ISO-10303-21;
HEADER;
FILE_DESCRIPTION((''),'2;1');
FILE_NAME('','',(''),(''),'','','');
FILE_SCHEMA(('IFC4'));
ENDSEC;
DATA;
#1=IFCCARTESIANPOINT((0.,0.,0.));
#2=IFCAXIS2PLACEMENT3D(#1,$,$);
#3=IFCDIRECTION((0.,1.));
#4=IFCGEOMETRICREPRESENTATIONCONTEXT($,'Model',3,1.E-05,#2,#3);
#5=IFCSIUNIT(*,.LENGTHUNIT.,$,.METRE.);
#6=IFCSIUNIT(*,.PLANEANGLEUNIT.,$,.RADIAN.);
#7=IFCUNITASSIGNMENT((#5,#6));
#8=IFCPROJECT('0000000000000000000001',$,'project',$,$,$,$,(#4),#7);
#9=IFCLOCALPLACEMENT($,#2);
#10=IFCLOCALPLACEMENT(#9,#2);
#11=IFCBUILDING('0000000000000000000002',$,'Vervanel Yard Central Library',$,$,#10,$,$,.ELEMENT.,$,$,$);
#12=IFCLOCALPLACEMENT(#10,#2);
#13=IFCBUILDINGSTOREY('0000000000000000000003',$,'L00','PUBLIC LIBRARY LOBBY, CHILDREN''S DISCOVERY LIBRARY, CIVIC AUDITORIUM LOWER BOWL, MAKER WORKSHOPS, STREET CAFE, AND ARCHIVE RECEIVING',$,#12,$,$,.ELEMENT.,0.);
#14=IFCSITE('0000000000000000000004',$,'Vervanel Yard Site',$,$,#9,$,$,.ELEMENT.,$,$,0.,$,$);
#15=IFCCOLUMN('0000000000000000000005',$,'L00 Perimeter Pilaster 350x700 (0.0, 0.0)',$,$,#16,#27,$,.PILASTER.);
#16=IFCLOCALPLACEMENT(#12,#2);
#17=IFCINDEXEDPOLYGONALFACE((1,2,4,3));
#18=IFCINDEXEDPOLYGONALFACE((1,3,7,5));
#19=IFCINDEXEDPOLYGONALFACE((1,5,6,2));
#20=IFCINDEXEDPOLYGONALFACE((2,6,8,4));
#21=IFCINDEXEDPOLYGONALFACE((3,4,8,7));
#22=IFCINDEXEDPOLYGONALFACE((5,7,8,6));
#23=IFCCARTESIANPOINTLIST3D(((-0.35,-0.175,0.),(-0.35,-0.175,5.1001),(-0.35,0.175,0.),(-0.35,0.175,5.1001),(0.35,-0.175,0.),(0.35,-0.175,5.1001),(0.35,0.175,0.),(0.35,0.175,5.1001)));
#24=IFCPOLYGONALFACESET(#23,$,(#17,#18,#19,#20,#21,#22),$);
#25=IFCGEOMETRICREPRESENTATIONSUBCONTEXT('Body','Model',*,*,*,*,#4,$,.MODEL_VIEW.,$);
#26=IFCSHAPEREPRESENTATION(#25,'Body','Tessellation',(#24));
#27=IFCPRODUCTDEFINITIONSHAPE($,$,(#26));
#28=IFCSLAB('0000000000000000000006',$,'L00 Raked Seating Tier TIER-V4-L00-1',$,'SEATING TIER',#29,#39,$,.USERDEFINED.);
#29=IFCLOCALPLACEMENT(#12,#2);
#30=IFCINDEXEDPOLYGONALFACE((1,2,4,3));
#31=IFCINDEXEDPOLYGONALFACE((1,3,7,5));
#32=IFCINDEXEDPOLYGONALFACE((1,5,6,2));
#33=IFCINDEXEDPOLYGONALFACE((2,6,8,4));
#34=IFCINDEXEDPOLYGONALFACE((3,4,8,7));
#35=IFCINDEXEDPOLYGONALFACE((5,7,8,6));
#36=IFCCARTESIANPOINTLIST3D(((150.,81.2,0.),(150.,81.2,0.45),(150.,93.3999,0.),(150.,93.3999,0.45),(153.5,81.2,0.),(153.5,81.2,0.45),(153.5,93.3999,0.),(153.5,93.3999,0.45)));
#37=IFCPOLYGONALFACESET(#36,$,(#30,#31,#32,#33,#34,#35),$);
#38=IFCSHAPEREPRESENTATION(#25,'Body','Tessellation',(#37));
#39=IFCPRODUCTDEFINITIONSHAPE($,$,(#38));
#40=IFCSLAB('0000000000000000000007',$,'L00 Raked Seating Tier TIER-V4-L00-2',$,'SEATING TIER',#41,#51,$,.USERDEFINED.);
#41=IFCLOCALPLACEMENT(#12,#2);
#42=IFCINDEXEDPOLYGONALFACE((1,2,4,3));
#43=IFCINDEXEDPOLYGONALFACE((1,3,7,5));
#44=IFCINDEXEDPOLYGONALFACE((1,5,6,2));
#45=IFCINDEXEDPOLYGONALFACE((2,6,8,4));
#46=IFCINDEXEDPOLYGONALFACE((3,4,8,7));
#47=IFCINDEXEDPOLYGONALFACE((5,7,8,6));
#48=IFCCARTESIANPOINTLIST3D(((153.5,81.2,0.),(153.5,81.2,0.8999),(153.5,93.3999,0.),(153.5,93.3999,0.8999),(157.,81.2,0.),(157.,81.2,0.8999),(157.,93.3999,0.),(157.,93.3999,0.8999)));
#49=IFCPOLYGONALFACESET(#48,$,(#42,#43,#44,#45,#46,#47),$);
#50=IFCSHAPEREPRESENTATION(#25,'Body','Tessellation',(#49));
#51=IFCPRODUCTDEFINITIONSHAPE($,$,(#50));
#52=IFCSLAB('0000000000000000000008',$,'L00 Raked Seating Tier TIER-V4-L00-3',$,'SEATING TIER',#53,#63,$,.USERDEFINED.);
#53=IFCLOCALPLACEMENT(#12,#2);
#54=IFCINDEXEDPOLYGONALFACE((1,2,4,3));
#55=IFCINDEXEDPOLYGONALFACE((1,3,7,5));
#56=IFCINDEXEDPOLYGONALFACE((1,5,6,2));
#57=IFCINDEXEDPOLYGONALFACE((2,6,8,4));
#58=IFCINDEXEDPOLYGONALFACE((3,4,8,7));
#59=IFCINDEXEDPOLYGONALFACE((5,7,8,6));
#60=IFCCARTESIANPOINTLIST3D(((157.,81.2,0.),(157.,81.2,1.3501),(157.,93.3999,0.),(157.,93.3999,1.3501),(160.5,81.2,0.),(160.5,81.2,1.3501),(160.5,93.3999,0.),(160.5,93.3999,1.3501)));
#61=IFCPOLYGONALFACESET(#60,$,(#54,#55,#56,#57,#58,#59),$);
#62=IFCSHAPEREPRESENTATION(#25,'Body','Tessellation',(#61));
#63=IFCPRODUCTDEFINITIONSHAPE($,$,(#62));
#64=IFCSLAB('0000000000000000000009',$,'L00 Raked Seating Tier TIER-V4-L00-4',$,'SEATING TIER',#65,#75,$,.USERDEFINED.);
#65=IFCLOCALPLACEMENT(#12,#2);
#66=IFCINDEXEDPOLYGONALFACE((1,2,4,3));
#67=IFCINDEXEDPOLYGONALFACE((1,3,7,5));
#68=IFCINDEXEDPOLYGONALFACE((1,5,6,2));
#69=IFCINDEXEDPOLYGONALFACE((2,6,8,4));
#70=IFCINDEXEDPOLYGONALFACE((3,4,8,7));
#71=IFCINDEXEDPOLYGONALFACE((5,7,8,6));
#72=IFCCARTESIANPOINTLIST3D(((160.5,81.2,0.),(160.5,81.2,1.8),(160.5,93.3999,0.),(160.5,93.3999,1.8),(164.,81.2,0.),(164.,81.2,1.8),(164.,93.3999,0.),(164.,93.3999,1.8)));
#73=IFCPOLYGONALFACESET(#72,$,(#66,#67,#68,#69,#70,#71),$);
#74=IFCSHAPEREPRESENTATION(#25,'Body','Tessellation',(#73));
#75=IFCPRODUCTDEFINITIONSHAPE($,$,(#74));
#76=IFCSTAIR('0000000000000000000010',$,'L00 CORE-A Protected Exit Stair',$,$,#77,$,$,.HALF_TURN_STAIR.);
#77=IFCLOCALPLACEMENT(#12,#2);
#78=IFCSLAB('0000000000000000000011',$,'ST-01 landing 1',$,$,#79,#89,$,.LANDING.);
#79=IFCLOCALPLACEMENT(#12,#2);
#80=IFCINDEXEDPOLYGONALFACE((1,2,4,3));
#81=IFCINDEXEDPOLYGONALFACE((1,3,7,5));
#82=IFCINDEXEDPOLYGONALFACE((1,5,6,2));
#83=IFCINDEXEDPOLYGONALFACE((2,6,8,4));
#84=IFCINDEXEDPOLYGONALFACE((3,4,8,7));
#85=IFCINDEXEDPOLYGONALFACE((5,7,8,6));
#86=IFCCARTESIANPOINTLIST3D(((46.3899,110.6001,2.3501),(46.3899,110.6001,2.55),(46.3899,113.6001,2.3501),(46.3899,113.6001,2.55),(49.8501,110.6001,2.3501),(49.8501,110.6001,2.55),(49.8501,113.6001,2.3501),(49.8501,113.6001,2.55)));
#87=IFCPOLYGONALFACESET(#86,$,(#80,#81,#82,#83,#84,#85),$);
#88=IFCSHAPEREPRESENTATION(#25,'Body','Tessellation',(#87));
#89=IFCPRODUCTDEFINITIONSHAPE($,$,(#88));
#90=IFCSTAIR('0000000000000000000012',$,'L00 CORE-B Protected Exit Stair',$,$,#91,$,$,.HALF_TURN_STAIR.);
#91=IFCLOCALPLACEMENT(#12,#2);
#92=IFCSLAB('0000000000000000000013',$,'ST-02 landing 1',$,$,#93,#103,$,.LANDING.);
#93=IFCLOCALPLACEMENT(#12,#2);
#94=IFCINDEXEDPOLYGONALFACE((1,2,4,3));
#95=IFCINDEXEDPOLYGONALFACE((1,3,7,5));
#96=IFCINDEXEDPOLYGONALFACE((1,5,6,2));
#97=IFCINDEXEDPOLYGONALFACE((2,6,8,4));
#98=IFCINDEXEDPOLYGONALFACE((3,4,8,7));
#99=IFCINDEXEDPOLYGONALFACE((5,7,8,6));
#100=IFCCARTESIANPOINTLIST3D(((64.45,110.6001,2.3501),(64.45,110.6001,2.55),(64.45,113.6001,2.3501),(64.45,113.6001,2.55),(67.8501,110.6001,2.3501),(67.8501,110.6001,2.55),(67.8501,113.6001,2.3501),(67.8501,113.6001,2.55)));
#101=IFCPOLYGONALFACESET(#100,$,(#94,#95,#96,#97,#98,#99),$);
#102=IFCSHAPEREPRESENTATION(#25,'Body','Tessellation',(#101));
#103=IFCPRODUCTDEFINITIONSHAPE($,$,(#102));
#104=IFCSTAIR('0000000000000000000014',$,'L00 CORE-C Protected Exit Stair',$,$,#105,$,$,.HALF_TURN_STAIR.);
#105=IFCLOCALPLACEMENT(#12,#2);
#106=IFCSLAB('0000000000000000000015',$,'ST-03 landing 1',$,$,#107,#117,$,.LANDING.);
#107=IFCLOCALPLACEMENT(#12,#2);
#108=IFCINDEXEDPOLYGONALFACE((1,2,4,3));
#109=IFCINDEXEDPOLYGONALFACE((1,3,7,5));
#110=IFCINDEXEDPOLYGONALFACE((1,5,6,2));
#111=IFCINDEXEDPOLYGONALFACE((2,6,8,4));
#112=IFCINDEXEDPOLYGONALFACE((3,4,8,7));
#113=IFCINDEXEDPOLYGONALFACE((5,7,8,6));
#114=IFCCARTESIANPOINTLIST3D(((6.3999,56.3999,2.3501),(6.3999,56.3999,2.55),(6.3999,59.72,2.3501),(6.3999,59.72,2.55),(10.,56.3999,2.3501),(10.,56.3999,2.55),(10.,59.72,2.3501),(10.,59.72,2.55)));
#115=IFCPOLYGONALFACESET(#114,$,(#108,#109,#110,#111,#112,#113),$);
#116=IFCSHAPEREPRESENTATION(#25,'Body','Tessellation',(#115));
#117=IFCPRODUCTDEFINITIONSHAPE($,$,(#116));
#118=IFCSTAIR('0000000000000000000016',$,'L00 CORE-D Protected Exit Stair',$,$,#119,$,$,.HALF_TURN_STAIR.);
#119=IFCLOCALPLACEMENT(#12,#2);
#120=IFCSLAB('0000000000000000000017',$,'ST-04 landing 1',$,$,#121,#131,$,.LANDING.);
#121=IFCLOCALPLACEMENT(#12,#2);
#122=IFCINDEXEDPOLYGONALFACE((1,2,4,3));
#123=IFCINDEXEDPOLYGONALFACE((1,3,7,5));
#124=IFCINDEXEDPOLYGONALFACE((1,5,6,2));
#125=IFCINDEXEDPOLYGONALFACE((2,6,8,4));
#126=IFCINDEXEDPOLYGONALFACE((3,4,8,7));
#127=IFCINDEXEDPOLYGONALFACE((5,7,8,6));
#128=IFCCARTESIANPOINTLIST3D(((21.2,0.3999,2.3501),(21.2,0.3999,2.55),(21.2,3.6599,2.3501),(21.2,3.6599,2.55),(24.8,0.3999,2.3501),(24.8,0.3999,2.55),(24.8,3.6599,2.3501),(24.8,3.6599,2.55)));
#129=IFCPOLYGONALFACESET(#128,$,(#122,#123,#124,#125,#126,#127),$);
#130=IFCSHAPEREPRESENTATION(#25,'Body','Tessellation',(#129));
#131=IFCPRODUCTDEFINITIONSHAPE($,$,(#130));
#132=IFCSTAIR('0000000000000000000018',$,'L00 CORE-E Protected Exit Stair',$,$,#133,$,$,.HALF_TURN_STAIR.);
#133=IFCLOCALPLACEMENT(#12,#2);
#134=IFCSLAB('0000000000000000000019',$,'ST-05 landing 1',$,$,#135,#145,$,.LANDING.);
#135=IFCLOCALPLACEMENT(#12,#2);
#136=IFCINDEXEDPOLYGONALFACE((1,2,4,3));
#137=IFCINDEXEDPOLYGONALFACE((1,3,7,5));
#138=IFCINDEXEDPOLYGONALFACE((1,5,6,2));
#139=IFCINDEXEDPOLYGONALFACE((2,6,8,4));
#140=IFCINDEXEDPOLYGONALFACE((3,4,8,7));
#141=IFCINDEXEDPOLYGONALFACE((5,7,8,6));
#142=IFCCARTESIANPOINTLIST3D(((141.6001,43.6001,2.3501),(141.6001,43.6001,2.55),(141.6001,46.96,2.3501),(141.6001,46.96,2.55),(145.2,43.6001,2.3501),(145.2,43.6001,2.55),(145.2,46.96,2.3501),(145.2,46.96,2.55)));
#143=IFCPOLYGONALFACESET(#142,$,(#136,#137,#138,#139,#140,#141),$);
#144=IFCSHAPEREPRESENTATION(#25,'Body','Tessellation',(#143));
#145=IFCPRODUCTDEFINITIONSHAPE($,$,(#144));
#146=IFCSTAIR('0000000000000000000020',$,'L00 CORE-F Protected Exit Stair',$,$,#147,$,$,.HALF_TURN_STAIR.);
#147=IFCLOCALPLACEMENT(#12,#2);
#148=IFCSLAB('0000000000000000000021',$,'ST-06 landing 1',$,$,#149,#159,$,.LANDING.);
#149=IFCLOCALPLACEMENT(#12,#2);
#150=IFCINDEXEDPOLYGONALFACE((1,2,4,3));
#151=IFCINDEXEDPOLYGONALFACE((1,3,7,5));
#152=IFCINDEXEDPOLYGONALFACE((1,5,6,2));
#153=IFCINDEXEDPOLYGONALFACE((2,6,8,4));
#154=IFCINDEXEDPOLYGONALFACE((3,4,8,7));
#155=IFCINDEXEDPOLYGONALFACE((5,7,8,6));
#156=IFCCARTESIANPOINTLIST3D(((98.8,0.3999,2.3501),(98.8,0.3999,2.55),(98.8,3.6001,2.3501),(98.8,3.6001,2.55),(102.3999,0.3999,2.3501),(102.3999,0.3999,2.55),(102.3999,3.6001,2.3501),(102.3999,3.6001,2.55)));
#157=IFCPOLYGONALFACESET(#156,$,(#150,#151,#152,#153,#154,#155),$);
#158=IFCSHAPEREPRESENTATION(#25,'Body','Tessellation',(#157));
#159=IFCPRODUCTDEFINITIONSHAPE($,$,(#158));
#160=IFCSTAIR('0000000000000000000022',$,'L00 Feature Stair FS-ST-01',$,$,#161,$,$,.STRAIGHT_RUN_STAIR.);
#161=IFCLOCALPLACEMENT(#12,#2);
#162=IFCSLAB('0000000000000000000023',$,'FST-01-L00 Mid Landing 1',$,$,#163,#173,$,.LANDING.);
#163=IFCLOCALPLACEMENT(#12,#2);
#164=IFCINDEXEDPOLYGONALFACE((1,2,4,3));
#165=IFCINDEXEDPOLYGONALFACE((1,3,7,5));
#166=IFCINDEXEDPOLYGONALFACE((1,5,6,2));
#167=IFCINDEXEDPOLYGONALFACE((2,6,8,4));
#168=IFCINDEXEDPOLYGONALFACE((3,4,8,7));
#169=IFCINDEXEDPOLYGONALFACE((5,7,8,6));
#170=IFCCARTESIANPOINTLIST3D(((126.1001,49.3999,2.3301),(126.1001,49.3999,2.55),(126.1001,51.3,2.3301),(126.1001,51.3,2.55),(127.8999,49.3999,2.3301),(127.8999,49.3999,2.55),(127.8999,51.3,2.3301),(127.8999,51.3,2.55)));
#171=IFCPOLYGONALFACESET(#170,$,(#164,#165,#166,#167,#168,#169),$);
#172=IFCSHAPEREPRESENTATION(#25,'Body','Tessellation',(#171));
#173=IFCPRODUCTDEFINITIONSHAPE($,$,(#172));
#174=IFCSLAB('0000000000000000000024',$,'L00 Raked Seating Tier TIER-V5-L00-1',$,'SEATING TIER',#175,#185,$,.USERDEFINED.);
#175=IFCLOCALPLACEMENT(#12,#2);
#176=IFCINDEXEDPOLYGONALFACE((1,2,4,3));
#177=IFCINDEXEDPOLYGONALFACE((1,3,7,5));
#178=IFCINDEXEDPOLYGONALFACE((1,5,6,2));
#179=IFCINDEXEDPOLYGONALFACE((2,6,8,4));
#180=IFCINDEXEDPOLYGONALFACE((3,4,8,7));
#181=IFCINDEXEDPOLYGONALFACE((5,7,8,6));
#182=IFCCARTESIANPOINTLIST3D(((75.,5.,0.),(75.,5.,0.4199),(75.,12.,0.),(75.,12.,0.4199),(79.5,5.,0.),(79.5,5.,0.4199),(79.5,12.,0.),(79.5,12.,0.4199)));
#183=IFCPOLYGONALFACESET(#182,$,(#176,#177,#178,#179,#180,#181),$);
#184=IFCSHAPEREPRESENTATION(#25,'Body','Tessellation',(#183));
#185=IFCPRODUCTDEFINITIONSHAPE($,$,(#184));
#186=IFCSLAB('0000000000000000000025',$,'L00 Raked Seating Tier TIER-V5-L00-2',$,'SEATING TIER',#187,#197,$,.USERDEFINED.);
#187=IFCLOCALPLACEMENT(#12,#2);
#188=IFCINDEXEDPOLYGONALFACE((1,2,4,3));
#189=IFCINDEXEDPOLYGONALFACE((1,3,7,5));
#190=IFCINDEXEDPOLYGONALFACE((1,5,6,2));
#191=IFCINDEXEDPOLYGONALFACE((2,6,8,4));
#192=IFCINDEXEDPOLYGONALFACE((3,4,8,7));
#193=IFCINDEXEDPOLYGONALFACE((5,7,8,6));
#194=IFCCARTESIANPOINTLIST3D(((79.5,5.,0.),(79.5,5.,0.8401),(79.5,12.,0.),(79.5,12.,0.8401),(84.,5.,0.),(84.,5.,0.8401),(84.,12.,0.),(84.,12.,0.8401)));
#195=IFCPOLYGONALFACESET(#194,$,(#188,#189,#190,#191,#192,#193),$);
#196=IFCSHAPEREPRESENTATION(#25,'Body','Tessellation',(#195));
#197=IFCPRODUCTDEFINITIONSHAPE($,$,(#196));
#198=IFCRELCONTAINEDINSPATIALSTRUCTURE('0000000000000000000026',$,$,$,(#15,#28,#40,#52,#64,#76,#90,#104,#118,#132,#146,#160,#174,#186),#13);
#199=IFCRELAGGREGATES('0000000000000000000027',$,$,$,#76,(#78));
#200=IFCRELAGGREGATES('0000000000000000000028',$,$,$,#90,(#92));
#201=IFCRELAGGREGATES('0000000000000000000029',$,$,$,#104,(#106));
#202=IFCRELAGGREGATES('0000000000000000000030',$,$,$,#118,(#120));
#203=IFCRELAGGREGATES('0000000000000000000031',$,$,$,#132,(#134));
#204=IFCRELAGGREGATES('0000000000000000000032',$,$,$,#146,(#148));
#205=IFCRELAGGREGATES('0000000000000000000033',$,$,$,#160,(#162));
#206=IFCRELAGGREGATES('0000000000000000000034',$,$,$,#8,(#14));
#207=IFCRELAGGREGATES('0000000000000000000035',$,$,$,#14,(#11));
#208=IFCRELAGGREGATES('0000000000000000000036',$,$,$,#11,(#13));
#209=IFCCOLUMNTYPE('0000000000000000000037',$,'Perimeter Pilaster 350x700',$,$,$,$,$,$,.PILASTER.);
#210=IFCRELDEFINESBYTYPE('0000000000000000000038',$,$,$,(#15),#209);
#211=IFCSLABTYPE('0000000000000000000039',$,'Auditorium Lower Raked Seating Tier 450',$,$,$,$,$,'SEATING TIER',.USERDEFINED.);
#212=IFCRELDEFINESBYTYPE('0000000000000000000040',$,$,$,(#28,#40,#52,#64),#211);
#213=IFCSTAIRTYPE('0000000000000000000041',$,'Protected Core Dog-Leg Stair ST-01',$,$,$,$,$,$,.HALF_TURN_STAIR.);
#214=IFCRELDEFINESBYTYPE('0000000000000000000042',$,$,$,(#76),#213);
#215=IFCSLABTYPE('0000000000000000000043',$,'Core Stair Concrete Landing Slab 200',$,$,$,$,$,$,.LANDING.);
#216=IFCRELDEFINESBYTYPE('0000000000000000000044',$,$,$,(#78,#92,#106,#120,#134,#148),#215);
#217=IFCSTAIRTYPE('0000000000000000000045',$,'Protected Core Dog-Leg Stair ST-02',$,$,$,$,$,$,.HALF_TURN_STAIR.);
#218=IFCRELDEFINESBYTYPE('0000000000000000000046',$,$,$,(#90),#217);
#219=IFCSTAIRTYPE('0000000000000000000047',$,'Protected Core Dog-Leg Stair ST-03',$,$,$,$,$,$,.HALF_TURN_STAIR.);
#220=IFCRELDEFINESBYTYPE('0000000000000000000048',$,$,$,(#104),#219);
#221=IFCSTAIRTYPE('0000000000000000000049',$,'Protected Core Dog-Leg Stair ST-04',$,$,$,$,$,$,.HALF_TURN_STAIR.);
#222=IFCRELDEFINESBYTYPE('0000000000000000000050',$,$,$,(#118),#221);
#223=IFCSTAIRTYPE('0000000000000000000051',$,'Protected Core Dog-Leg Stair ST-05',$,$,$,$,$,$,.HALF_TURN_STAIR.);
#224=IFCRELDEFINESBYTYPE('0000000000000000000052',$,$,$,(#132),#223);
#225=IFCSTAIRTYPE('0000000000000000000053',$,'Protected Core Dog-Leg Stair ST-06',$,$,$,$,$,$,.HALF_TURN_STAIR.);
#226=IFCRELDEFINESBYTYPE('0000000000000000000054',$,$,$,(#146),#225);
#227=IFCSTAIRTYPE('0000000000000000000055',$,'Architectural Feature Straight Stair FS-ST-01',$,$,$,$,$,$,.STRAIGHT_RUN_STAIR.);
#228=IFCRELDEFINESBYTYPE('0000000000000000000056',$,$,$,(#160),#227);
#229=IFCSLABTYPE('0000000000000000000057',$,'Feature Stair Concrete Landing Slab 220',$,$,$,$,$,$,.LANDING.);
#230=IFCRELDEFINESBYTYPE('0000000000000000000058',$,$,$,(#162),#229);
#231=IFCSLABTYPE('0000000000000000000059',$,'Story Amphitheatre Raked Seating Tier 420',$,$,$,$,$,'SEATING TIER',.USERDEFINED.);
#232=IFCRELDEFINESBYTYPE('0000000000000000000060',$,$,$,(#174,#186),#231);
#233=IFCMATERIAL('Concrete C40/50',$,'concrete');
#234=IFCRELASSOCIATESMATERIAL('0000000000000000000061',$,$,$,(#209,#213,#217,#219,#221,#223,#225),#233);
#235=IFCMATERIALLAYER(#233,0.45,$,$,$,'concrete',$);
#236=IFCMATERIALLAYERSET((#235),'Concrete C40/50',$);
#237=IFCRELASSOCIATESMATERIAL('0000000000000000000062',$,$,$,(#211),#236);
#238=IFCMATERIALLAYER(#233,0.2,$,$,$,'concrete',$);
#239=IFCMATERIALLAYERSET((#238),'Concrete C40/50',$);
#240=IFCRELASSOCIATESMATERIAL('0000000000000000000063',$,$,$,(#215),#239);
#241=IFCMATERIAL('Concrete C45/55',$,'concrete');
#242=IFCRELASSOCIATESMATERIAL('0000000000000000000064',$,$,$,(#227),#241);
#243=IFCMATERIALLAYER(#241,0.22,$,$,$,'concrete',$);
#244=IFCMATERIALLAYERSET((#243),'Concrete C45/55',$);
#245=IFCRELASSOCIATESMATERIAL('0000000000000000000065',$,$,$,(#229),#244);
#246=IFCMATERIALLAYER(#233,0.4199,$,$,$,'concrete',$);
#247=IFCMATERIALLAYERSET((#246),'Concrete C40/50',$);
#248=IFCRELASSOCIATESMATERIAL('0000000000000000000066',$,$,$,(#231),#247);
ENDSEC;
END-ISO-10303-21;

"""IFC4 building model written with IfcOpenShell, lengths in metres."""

from ifc_helpers import new_model, si_unit, direction, frame, origin, origin_2d, place, context, subcontext, project, spatial, polyline, rectangle, outline, extrude, material, layer, layer_set, material_profile, profile_set, type_object, element, aggregate, save


model = new_model("IFC4")

# Units and contexts
model_context = context("Model", 3, precision=1e-05, world=origin(), true_north=direction((0.0, 1.0)))
body_context = subcontext(model_context, "Body", "Model", "MODEL_VIEW")
ifc_project = project(units=[si_unit("LENGTHUNIT", "METRE"), si_unit("PLANEANGLEUNIT", "RADIAN")], contexts=[model_context])

# Site, building, storey
site_placement = place(None, origin())
site = spatial("IfcSite", under=ifc_project, at=site_placement, Name="Vervanel Yard Site", CompositionType="ELEMENT", RefElevation=0.0)
building_placement = place(site_placement, origin())
building = spatial("IfcBuilding", under=site, at=building_placement, Name="Vervanel Yard Central Library", CompositionType="ELEMENT")
storey_placement = place(building_placement, origin())
storey = spatial("IfcBuildingStorey", under=building, at=storey_placement, Name="L00", Description="PUBLIC LIBRARY LOBBY, CHILDREN'S DISCOVERY LIBRARY, CIVIC AUDITORIUM LOWER BOWL, MAKER WORKSHOPS, STREET CAFE, AND ARCHIVE RECEIVING", CompositionType="ELEMENT", Elevation=0.0)

# Column
ifc_material_1 = material(Name="Concrete C40/50", Category="concrete")
ifc_material_profile = material_profile(ifc_material_1, rectangle(XDim=0.3501, YDim=0.7, at=origin_2d()), Name="RC 350x700", Category="concrete")
ifc_profile_set = profile_set([ifc_material_profile], Name="Concrete C40/50")
column_type = type_object("IfcColumnType", Name="Perimeter Pilaster 350x700", PredefinedType="PILASTER", material=ifc_profile_set)
column_placement = place(storey_placement, frame((0.0, 0.0, 0.0), z_axis=(0.0, 0.0, 1.0), x_axis=(0.0, 1.0, 0.0)))
element("IfcColumn", 1, at=column_placement, inside=storey, type_object=column_type, Name="L00 Perimeter Pilaster 350x700 (0.0, 0.0)", PredefinedType="PILASTER", context=body_context, shape_type="SweptSolid", body=[
    extrude(rectangle(XDim=0.3501, YDim=0.7, at=origin_2d()), origin(), (0.0, 0.0, 1.0), 5.1001),
])

# Slabs
ifc_layer_1 = layer(ifc_material_1, 0.45, Category="concrete")
ifc_layer_set_1 = layer_set([ifc_layer_1], Name="Concrete C40/50")
slab_type_1 = type_object("IfcSlabType", Name="Auditorium Lower Raked Seating Tier 450", ElementType="SEATING TIER", PredefinedType="USERDEFINED", material=ifc_layer_set_1)
slab_1_placement = place(storey_placement, origin())
element("IfcSlab", 2, at=slab_1_placement, inside=storey, type_object=slab_type_1, Name="L00 Raked Seating Tier TIER-V4-L00-1", ObjectType="SEATING TIER", PredefinedType="USERDEFINED", context=body_context, shape_type="SweptSolid", body=[
    extrude(outline(polyline([(150.0, 81.2), (153.5, 81.2), (153.5, 93.3999), (150.0, 93.3999), (150.0, 81.2)])), origin(), (0.0, 0.0, 1.0), 0.45),
])
slab_2_placement = place(storey_placement, origin())
element("IfcSlab", 3, at=slab_2_placement, inside=storey, type_object=slab_type_1, Name="L00 Raked Seating Tier TIER-V4-L00-2", ObjectType="SEATING TIER", PredefinedType="USERDEFINED", context=body_context, shape_type="SweptSolid", body=[
    extrude(outline(polyline([(153.5, 81.2), (157.0, 81.2), (157.0, 93.3999), (153.5, 93.3999), (153.5, 81.2)])), origin(), (0.0, 0.0, 1.0), 0.8999),
])
slab_3_placement = place(storey_placement, origin())
element("IfcSlab", 4, at=slab_3_placement, inside=storey, type_object=slab_type_1, Name="L00 Raked Seating Tier TIER-V4-L00-3", ObjectType="SEATING TIER", PredefinedType="USERDEFINED", context=body_context, shape_type="SweptSolid", body=[
    extrude(outline(polyline([(157.0, 81.2), (160.5, 81.2), (160.5, 93.3999), (157.0, 93.3999), (157.0, 81.2)])), origin(), (0.0, 0.0, 1.0), 1.3501),
])
slab_4_placement = place(storey_placement, origin())
element("IfcSlab", 5, at=slab_4_placement, inside=storey, type_object=slab_type_1, Name="L00 Raked Seating Tier TIER-V4-L00-4", ObjectType="SEATING TIER", PredefinedType="USERDEFINED", context=body_context, shape_type="SweptSolid", body=[
    extrude(outline(polyline([(160.5, 81.2), (164.0, 81.2), (164.0, 93.3999), (160.5, 93.3999), (160.5, 81.2)])), origin(), (0.0, 0.0, 1.0), 1.8),
])

# Stairs, slabs
stair_type_1 = type_object("IfcStairType", Name="Protected Core Dog-Leg Stair ST-01", PredefinedType="HALF_TURN_STAIR", material=ifc_material_1)
stair_1_placement = place(storey_placement, origin())
stair_1 = element("IfcStair", 6, at=stair_1_placement, inside=storey, type_object=stair_type_1, Name="L00 CORE-A Protected Exit Stair", PredefinedType="HALF_TURN_STAIR")
ifc_layer_2 = layer(ifc_material_1, 0.2, Category="concrete")
ifc_layer_set_2 = layer_set([ifc_layer_2], Name="Concrete C40/50")
slab_type_2 = type_object("IfcSlabType", Name="Core Stair Concrete Landing Slab 200", PredefinedType="LANDING", material=ifc_layer_set_2)
slab_5_placement = place(storey_placement, frame((0.0, 0.0, 2.3501)))
slab_5 = element("IfcSlab", 7, at=slab_5_placement, type_object=slab_type_2, Name="ST-01 landing 1", PredefinedType="LANDING", context=body_context, shape_type="SweptSolid", body=[
    extrude(outline(polyline([(49.8501, 110.6001), (49.8501, 113.6001), (46.3899, 113.6001), (46.3899, 110.6001), (49.8501, 110.6001)])), origin(), (0.0, 0.0, 1.0), 0.2),
])
aggregate(stair_1, [slab_5])
stair_type_2 = type_object("IfcStairType", Name="Protected Core Dog-Leg Stair ST-02", PredefinedType="HALF_TURN_STAIR", material=ifc_material_1)
stair_2_placement = place(storey_placement, origin())
stair_2 = element("IfcStair", 8, at=stair_2_placement, inside=storey, type_object=stair_type_2, Name="L00 CORE-B Protected Exit Stair", PredefinedType="HALF_TURN_STAIR")
slab_6_placement = place(storey_placement, frame((0.0, 0.0, 2.3501)))
slab_6 = element("IfcSlab", 9, at=slab_6_placement, type_object=slab_type_2, Name="ST-02 landing 1", PredefinedType="LANDING", context=body_context, shape_type="SweptSolid", body=[
    extrude(outline(polyline([(67.8501, 110.6001), (67.8501, 113.6001), (64.45, 113.6001), (64.45, 110.6001), (67.8501, 110.6001)])), origin(), (0.0, 0.0, 1.0), 0.2),
])
aggregate(stair_2, [slab_6])
stair_type_3 = type_object("IfcStairType", Name="Protected Core Dog-Leg Stair ST-03", PredefinedType="HALF_TURN_STAIR", material=ifc_material_1)
stair_3_placement = place(storey_placement, origin())
stair_3 = element("IfcStair", 10, at=stair_3_placement, inside=storey, type_object=stair_type_3, Name="L00 CORE-C Protected Exit Stair", PredefinedType="HALF_TURN_STAIR")
slab_7_placement = place(storey_placement, frame((0.0, 0.0, 2.3501)))
slab_7 = element("IfcSlab", 11, at=slab_7_placement, type_object=slab_type_2, Name="ST-03 landing 1", PredefinedType="LANDING", context=body_context, shape_type="SweptSolid", body=[
    extrude(outline(polyline([(6.3999, 56.3999), (10.0, 56.3999), (10.0, 59.72), (6.3999, 59.72), (6.3999, 56.3999)])), origin(), (0.0, 0.0, 1.0), 0.2),
])
aggregate(stair_3, [slab_7])
stair_type_4 = type_object("IfcStairType", Name="Protected Core Dog-Leg Stair ST-04", PredefinedType="HALF_TURN_STAIR", material=ifc_material_1)
stair_4_placement = place(storey_placement, origin())
stair_4 = element("IfcStair", 12, at=stair_4_placement, inside=storey, type_object=stair_type_4, Name="L00 CORE-D Protected Exit Stair", PredefinedType="HALF_TURN_STAIR")
slab_8_placement = place(storey_placement, frame((0.0, 0.0, 2.3501)))
slab_8 = element("IfcSlab", 13, at=slab_8_placement, type_object=slab_type_2, Name="ST-04 landing 1", PredefinedType="LANDING", context=body_context, shape_type="SweptSolid", body=[
    extrude(outline(polyline([(21.2, 0.3999), (24.8, 0.3999), (24.8, 3.6599), (21.2, 3.6599), (21.2, 0.3999)])), origin(), (0.0, 0.0, 1.0), 0.2),
])
aggregate(stair_4, [slab_8])
stair_type_5 = type_object("IfcStairType", Name="Protected Core Dog-Leg Stair ST-05", PredefinedType="HALF_TURN_STAIR", material=ifc_material_1)
stair_5_placement = place(storey_placement, origin())
stair_5 = element("IfcStair", 14, at=stair_5_placement, inside=storey, type_object=stair_type_5, Name="L00 CORE-E Protected Exit Stair", PredefinedType="HALF_TURN_STAIR")
slab_9_placement = place(storey_placement, frame((0.0, 0.0, 2.3501)))
slab_9 = element("IfcSlab", 15, at=slab_9_placement, type_object=slab_type_2, Name="ST-05 landing 1", PredefinedType="LANDING", context=body_context, shape_type="SweptSolid", body=[
    extrude(outline(polyline([(141.6001, 43.6001), (145.2, 43.6001), (145.2, 46.96), (141.6001, 46.96), (141.6001, 43.6001)])), origin(), (0.0, 0.0, 1.0), 0.2),
])
aggregate(stair_5, [slab_9])
stair_type_6 = type_object("IfcStairType", Name="Protected Core Dog-Leg Stair ST-06", PredefinedType="HALF_TURN_STAIR", material=ifc_material_1)
stair_6_placement = place(storey_placement, origin())
stair_6 = element("IfcStair", 16, at=stair_6_placement, inside=storey, type_object=stair_type_6, Name="L00 CORE-F Protected Exit Stair", PredefinedType="HALF_TURN_STAIR")
slab_10_placement = place(storey_placement, frame((0.0, 0.0, 2.3501)))
slab_10 = element("IfcSlab", 17, at=slab_10_placement, type_object=slab_type_2, Name="ST-06 landing 1", PredefinedType="LANDING", context=body_context, shape_type="SweptSolid", body=[
    extrude(outline(polyline([(98.8, 0.3999), (102.3999, 0.3999), (102.3999, 3.6001), (98.8, 3.6001), (98.8, 0.3999)])), origin(), (0.0, 0.0, 1.0), 0.2),
])
aggregate(stair_6, [slab_10])
ifc_material_2 = material(Name="Concrete C45/55", Category="concrete")
stair_type_7 = type_object("IfcStairType", Name="Architectural Feature Straight Stair FS-ST-01", PredefinedType="STRAIGHT_RUN_STAIR", material=ifc_material_2)
stair_7_placement = place(storey_placement, origin())
stair_7 = element("IfcStair", 18, at=stair_7_placement, inside=storey, type_object=stair_type_7, Name="L00 Feature Stair FS-ST-01", PredefinedType="STRAIGHT_RUN_STAIR")
ifc_layer_3 = layer(ifc_material_2, 0.22, Category="concrete")
ifc_layer_set_3 = layer_set([ifc_layer_3], Name="Concrete C45/55")
slab_type_3 = type_object("IfcSlabType", Name="Feature Stair Concrete Landing Slab 220", PredefinedType="LANDING", material=ifc_layer_set_3)
slab_11_placement = place(storey_placement, frame((0.0, 0.0, 2.3301)))
slab_11 = element("IfcSlab", 19, at=slab_11_placement, type_object=slab_type_3, Name="FST-01-L00 Mid Landing 1", PredefinedType="LANDING", context=body_context, shape_type="SweptSolid", body=[
    extrude(outline(polyline([(126.1001, 49.3999), (127.8999, 49.3999), (127.8999, 51.3), (126.1001, 51.3), (126.1001, 49.3999)])), origin(), (0.0, 0.0, 1.0), 0.22),
])
aggregate(stair_7, [slab_11])

# Slabs
ifc_layer_4 = layer(ifc_material_1, 0.4199, Category="concrete")
ifc_layer_set_4 = layer_set([ifc_layer_4], Name="Concrete C40/50")
slab_type_4 = type_object("IfcSlabType", Name="Story Amphitheatre Raked Seating Tier 420", ElementType="SEATING TIER", PredefinedType="USERDEFINED", material=ifc_layer_set_4)
slab_12_placement = place(storey_placement, origin())
element("IfcSlab", 20, at=slab_12_placement, inside=storey, type_object=slab_type_4, Name="L00 Raked Seating Tier TIER-V5-L00-1", ObjectType="SEATING TIER", PredefinedType="USERDEFINED", context=body_context, shape_type="SweptSolid", body=[
    extrude(outline(polyline([(75.0, 5.0), (79.5, 5.0), (79.5, 12.0), (75.0, 12.0), (75.0, 5.0)])), origin(), (0.0, 0.0, 1.0), 0.4199),
])
slab_13_placement = place(storey_placement, origin())
element("IfcSlab", 21, at=slab_13_placement, inside=storey, type_object=slab_type_4, Name="L00 Raked Seating Tier TIER-V5-L00-2", ObjectType="SEATING TIER", PredefinedType="USERDEFINED", context=body_context, shape_type="SweptSolid", body=[
    extrude(outline(polyline([(79.5, 5.0), (84.0, 5.0), (84.0, 12.0), (79.5, 12.0), (79.5, 5.0)])), origin(), (0.0, 0.0, 1.0), 0.8401),
])

save(model, "model.ifc")
